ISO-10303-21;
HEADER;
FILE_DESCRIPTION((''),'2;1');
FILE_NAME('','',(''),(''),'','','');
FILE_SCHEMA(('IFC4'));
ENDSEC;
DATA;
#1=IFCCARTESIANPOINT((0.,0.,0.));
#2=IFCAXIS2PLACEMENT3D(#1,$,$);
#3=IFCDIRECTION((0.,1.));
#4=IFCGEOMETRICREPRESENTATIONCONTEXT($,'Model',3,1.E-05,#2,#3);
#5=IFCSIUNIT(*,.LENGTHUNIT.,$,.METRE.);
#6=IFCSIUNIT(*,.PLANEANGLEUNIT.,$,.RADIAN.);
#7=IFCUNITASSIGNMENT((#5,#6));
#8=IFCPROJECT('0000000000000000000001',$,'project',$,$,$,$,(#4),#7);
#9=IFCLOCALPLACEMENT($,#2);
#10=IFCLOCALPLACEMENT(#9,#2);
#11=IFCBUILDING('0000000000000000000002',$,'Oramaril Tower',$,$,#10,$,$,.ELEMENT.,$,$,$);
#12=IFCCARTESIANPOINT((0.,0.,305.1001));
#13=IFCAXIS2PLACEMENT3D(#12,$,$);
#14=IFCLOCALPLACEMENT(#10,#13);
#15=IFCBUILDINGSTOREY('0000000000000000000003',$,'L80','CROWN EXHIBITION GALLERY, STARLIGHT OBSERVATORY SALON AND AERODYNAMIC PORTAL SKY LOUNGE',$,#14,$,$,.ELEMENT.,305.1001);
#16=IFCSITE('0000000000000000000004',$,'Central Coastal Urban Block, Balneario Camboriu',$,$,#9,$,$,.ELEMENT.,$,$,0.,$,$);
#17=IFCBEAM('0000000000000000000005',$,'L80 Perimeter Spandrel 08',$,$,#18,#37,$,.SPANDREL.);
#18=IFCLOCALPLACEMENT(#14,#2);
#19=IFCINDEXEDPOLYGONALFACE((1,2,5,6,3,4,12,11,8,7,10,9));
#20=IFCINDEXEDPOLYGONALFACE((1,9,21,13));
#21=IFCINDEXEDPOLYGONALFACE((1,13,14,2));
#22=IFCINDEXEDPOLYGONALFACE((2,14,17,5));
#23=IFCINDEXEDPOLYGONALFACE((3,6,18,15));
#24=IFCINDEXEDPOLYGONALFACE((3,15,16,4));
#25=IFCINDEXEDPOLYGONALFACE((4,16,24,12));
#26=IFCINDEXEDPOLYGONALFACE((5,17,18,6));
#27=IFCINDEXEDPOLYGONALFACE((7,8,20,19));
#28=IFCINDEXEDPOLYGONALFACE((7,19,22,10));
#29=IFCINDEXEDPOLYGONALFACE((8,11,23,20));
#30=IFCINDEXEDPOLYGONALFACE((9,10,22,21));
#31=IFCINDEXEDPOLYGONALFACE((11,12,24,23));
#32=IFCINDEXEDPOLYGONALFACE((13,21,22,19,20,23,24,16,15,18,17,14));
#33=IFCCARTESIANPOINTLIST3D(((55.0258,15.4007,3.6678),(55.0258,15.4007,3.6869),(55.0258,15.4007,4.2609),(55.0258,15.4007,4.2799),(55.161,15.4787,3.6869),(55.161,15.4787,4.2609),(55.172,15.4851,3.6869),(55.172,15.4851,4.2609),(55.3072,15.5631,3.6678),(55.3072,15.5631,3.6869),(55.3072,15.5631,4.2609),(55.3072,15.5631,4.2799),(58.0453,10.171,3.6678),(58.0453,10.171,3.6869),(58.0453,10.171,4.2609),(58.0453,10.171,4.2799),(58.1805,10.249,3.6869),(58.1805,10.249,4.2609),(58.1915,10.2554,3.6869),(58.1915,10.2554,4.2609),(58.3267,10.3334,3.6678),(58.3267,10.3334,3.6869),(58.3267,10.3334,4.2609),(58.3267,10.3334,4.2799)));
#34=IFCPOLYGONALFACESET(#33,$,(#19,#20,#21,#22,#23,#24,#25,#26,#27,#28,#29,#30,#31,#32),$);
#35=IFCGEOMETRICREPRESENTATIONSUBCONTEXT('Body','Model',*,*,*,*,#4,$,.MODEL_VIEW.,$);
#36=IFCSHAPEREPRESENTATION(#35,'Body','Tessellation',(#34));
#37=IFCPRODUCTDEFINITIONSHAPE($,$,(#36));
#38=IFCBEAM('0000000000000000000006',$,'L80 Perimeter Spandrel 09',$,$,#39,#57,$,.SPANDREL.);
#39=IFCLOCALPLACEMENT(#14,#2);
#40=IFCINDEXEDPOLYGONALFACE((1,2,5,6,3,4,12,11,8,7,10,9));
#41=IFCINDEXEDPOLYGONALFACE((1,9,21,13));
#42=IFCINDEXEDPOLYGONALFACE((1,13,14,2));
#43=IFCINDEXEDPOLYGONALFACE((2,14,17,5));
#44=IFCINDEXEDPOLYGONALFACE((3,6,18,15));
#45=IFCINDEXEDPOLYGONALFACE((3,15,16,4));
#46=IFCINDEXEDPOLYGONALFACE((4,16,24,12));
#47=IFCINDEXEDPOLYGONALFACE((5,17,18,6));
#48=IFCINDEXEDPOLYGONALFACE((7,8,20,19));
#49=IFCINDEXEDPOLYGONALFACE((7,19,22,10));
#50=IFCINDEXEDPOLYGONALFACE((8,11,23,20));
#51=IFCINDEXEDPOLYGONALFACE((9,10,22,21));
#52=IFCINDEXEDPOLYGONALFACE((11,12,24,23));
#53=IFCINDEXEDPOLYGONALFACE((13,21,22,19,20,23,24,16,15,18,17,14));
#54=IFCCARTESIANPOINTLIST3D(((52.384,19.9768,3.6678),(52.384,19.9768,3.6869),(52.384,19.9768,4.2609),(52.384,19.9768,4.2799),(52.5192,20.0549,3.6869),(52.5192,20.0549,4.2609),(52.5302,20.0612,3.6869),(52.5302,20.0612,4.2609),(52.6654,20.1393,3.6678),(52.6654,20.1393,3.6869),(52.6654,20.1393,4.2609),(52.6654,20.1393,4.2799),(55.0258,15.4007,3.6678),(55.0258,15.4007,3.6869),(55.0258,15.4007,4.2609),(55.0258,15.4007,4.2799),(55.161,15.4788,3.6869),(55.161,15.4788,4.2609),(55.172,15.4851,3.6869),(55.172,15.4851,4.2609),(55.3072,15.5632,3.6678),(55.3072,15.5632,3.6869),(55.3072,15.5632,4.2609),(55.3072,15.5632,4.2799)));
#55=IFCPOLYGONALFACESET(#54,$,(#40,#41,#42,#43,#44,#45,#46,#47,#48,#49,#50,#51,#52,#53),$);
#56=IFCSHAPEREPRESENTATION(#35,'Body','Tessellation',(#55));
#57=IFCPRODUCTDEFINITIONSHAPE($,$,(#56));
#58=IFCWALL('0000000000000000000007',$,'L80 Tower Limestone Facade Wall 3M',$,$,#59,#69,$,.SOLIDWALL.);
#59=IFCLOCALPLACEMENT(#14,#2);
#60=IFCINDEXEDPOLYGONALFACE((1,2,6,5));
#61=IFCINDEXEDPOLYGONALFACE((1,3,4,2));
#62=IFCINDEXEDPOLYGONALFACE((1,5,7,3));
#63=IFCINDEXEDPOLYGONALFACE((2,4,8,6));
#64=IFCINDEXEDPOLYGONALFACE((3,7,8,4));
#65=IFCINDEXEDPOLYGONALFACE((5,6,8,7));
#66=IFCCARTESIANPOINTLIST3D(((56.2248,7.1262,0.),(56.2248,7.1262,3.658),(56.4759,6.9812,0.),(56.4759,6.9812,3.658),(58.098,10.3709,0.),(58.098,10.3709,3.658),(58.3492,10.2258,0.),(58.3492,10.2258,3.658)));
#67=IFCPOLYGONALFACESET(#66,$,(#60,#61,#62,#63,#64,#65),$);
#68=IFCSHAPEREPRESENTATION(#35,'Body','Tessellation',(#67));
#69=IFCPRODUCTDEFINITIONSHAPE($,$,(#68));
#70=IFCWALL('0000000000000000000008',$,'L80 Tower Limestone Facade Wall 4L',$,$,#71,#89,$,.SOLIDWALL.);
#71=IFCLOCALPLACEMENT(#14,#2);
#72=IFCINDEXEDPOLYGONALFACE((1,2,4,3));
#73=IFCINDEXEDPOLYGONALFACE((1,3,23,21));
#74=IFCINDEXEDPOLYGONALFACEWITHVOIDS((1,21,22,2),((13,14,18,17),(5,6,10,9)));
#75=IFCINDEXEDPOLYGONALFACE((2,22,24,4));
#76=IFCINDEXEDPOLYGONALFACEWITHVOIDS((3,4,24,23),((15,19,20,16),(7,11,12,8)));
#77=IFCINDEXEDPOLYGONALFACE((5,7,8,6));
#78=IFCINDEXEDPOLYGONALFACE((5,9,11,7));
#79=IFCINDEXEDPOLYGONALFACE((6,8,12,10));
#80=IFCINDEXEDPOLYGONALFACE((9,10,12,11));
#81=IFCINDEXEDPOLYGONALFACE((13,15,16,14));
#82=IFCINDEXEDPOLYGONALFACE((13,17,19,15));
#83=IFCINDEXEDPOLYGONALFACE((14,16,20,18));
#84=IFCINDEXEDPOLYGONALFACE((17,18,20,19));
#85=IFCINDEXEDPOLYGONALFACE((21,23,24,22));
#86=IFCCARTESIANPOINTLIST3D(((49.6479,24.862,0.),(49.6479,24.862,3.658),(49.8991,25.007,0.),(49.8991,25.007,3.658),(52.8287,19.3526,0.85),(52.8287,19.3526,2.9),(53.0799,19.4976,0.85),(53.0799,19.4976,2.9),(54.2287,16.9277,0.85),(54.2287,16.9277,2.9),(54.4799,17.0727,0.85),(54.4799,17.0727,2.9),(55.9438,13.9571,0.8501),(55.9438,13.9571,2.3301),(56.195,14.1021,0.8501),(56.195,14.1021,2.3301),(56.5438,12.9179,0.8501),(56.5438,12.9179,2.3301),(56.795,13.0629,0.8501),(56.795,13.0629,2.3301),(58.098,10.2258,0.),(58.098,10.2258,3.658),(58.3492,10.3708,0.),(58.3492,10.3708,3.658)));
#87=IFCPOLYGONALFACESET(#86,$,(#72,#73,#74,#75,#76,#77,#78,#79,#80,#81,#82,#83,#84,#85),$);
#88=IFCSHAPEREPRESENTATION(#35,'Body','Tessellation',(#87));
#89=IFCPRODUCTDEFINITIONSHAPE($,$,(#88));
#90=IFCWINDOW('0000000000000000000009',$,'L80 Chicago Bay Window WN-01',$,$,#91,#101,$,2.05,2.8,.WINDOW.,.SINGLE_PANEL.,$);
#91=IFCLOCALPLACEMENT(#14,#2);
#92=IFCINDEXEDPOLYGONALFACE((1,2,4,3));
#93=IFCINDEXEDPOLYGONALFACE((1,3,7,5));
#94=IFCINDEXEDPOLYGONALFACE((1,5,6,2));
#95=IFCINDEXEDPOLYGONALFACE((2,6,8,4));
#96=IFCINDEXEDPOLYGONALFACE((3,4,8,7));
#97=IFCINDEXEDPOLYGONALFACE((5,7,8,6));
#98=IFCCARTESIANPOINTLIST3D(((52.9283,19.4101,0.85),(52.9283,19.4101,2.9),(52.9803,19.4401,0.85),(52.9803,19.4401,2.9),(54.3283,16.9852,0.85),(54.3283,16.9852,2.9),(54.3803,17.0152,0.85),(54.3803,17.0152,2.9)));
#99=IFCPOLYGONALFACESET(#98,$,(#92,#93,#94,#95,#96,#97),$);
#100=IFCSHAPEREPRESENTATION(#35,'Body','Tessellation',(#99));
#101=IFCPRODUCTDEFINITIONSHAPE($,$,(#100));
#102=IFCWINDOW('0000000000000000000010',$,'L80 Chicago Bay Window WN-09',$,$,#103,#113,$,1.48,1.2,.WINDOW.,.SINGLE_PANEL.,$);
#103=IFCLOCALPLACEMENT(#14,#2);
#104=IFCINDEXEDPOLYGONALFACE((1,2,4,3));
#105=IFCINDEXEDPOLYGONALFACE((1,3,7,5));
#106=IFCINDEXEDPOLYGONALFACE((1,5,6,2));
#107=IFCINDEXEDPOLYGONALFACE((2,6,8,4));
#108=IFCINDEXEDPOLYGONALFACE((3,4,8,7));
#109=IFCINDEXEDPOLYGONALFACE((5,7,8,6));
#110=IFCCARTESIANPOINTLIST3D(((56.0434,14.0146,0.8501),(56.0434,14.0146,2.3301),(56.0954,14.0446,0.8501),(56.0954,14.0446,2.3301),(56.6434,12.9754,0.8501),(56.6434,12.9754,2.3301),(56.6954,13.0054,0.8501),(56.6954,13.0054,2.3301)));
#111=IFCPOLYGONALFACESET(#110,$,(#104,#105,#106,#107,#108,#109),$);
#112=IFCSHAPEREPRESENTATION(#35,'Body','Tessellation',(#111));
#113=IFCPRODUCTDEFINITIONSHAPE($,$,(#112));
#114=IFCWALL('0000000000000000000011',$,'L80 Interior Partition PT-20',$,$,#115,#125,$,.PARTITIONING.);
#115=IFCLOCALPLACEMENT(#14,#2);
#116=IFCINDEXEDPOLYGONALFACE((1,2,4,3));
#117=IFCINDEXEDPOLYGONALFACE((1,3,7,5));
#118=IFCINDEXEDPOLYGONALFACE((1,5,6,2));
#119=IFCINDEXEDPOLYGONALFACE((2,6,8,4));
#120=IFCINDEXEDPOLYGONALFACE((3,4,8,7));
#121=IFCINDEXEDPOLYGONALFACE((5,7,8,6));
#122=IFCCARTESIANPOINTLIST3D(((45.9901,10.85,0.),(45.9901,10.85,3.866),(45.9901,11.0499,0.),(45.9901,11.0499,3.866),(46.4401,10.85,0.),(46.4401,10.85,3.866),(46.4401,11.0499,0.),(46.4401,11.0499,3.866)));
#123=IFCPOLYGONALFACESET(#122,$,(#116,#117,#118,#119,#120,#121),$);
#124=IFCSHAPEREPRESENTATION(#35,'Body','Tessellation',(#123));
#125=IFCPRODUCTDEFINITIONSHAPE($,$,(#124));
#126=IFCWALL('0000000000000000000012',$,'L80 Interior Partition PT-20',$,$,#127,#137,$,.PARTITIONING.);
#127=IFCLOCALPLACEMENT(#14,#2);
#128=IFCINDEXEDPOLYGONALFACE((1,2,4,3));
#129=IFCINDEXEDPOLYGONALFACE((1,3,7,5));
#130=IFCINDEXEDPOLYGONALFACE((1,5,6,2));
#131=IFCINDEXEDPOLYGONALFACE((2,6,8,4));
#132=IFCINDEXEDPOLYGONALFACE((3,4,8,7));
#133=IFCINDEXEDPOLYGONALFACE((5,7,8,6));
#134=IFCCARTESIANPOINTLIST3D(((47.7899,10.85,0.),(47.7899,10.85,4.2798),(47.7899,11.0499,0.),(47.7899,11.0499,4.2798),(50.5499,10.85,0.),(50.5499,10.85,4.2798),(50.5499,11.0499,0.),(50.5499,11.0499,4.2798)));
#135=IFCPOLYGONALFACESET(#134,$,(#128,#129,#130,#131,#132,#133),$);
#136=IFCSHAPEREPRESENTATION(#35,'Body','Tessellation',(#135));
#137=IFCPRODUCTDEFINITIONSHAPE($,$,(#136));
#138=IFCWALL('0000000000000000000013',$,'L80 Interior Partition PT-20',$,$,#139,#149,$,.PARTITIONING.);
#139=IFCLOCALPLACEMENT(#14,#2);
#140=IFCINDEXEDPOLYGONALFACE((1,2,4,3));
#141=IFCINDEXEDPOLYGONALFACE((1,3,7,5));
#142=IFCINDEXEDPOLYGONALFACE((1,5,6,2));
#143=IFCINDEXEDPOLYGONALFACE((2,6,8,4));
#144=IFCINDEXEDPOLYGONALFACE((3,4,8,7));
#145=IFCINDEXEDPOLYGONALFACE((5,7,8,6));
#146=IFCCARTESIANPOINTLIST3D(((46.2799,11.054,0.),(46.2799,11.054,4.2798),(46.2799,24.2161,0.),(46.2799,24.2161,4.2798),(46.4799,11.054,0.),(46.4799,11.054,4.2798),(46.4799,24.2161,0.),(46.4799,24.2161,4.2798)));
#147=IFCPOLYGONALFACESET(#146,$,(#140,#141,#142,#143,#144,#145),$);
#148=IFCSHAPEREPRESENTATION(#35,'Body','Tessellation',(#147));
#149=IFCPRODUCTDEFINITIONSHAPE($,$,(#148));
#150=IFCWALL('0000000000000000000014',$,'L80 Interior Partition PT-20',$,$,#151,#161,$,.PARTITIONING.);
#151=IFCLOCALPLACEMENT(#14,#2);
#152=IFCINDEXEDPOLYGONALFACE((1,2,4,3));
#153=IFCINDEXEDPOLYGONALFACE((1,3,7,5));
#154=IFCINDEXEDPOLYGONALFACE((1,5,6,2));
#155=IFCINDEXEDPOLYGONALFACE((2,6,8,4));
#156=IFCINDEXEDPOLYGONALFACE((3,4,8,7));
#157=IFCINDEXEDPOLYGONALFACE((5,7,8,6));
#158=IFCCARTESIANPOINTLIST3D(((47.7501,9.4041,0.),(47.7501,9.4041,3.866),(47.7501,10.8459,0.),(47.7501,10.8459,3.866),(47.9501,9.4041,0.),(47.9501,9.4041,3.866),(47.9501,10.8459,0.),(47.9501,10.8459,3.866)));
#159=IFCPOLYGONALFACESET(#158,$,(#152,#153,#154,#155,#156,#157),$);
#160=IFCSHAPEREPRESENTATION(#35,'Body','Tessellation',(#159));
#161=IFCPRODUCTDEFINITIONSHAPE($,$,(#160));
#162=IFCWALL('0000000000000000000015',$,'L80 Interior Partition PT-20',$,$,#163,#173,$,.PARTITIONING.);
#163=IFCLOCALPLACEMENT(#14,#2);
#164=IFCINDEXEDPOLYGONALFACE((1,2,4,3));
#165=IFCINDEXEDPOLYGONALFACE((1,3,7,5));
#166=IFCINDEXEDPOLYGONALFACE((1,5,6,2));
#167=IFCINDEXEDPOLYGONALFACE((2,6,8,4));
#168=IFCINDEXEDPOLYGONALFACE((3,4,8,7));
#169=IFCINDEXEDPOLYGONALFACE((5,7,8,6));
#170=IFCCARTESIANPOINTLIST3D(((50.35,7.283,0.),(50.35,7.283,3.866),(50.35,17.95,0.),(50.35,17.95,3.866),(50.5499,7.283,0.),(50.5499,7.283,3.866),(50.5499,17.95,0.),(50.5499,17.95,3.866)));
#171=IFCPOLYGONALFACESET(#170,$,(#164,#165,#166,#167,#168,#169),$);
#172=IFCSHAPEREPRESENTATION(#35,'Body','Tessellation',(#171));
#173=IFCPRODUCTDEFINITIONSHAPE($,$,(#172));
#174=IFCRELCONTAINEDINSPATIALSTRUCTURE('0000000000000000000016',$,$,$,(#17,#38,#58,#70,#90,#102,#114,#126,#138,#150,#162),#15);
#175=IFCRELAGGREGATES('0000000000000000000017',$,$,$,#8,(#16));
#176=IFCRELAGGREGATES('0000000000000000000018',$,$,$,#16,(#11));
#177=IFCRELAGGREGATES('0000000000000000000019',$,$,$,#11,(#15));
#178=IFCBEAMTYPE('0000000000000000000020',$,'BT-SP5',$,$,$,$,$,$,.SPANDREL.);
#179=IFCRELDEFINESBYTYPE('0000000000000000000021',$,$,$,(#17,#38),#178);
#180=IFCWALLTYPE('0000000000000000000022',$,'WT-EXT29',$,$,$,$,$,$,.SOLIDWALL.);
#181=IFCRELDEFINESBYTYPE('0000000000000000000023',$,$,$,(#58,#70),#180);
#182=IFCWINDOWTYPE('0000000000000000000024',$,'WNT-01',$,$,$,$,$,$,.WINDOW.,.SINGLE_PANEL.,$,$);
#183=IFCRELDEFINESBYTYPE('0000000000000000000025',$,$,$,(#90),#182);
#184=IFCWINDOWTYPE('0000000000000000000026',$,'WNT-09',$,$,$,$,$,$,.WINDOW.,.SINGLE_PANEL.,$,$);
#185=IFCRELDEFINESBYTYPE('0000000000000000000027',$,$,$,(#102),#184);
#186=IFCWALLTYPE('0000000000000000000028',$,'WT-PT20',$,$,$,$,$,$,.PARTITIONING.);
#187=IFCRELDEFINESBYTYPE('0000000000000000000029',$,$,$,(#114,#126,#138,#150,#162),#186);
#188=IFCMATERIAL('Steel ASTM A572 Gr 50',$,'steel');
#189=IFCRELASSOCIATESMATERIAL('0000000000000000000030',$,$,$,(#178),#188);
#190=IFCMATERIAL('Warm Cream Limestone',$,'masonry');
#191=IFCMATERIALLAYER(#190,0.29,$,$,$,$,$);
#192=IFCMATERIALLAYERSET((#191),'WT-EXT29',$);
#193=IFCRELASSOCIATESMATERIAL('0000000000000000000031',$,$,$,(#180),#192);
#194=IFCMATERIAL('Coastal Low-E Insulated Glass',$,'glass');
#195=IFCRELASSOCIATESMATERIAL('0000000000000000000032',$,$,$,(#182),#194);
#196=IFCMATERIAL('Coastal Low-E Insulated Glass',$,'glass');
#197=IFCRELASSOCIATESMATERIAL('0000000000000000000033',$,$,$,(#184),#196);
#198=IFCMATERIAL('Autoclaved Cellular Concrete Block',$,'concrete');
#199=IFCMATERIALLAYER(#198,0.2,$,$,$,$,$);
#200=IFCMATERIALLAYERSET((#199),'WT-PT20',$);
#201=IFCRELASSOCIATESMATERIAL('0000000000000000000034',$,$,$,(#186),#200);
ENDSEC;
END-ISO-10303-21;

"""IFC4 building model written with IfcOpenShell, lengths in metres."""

from ifc_helpers import new_model, si_unit, direction, frame, frame_2d, origin, origin_2d, place, context, subcontext, project, spatial, rectangle, i_section, extrude, material, layer, layer_set, material_profile, profile_set, type_object, element, fill, save


model = new_model("IFC4")

# Units and contexts
model_context = context("Model", 3, precision=1e-05, world=origin(), true_north=direction((0.0, 1.0)))
body_context = subcontext(model_context, "Body", "Model", "MODEL_VIEW")
ifc_project = project(units=[si_unit("LENGTHUNIT", "METRE"), si_unit("PLANEANGLEUNIT", "RADIAN")], contexts=[model_context])

# Site, building, storey
site_placement = place(None, origin())
site = spatial("IfcSite", under=ifc_project, at=site_placement, Name="Central Coastal Urban Block, Balneario Camboriu", CompositionType="ELEMENT", RefElevation=0.0)
building_placement = place(site_placement, origin())
building = spatial("IfcBuilding", under=site, at=building_placement, Name="Oramaril Tower", CompositionType="ELEMENT")
storey_placement = place(building_placement, frame((0.0, 0.0, 305.1001)))
storey = spatial("IfcBuildingStorey", under=building, at=storey_placement, Name="L80", Description="CROWN EXHIBITION GALLERY, STARLIGHT OBSERVATORY SALON AND AERODYNAMIC PORTAL SKY LOUNGE", CompositionType="ELEMENT", Elevation=305.1001)

# Beams
ifc_material_1 = material(Name="Steel ASTM A572 Gr 50", Category="steel")
ifc_material_profile_1 = material_profile(ifc_material_1, i_section(OverallWidth=0.325, OverallDepth=0.6121, WebThickness=0.0127, FlangeThickness=0.019, at=origin_2d()), Name="W24X104")
ifc_profile_set_1 = profile_set([ifc_material_profile_1], Name="Steel ASTM A572 Gr 50")
beam_type_1 = type_object("IfcBeamType", Name="BT-SP5", PredefinedType="SPANDREL", material=ifc_profile_set_1)
beam_1_placement = place(storey_placement, frame((58.186, 10.2522, 3.9739), z_axis=(-0.500018, 0.866015, 0.0), x_axis=(-0.866015, -0.500018, 0.0)))
element("IfcBeam", 1, at=beam_1_placement, inside=storey, type_object=beam_type_1, Name="L80 Perimeter Spandrel 08", PredefinedType="SPANDREL", context=body_context, shape_type="SweptSolid", body=[
    extrude(i_section(OverallWidth=0.325, OverallDepth=0.6121, WebThickness=0.0127, FlangeThickness=0.019, at=origin_2d()), origin(), (0.0, 0.0, 1.0), 6.0388),
])
beam_2_placement = place(storey_placement, frame((55.1665, 15.4819, 3.9739), z_axis=(-0.49997, 0.866042, 0.0), x_axis=(-0.866042, -0.49997, 0.0)))
element("IfcBeam", 2, at=beam_2_placement, inside=storey, type_object=beam_type_1, Name="L80 Perimeter Spandrel 09", PredefinedType="SPANDREL", context=body_context, shape_type="SweptSolid", body=[
    extrude(i_section(OverallWidth=0.325, OverallDepth=0.6121, WebThickness=0.0127, FlangeThickness=0.019, at=origin_2d()), origin(), (0.0, 0.0, 1.0), 5.2839),
])

# Wall
ifc_material_2 = material(Name="Warm Cream Limestone", Category="masonry")
ifc_layer_1 = layer(ifc_material_2, 0.29)
ifc_layer_set_1 = layer_set([ifc_layer_1], Name="WT-EXT29")
wall_type_1 = type_object("IfcWallType", Name="WT-EXT29", PredefinedType="SOLIDWALL", material=ifc_layer_set_1)
wall_1_placement = place(storey_placement, frame((56.3503, 7.0537, 0.0), z_axis=(0.0, 0.0, 1.0), x_axis=(0.500001, 0.866025, 0.0)))
element("IfcWall", 3, at=wall_1_placement, inside=storey, type_object=wall_type_1, Name="L80 Tower Limestone Facade Wall 3M", PredefinedType="SOLIDWALL", context=body_context, shape_type="SweptSolid", body=[
    extrude(rectangle(XDim=3.7466, YDim=0.29, at=frame_2d((1.8733, 0.0))), origin(), (0.0, 0.0, 1.0), 3.658),
])

# Wall, openings, windows
wall_2_placement = place(storey_placement, frame((58.2236, 10.2983, 0.0), z_axis=(0.0, 0.0, 1.0), x_axis=(-0.499998, 0.866026, 0.0)))
wall_2 = element("IfcWall", 4, at=wall_2_placement, inside=storey, type_object=wall_type_1, Name="L80 Tower Limestone Facade Wall 4L", PredefinedType="SOLIDWALL", context=body_context, shape_type="SweptSolid", body=[
    extrude(rectangle(XDim=16.9004, YDim=0.29, at=frame_2d((8.4502, 0.0))), origin(), (0.0, 0.0, 1.0), 3.658),
])
opening_1_placement = place(wall_2_placement, frame((3.1084, 0.0, 0.8501)))
opening_1 = element("IfcOpeningElement", 5, at=opening_1_placement, cuts=wall_2, PredefinedType="OPENING", context=body_context, shape_type="SweptSolid", body=[
    extrude(rectangle(XDim=1.2, YDim=1.48, at=frame_2d((0.6001, 0.74))), frame((0.0, 0.145, 0.0), z_axis=(0.0, -1.0, 0.0), x_axis=(1.0, 0.0, 0.0)), (0.0, 0.0, 1.0), 0.29),
])
opening_2_placement = place(wall_2_placement, frame((7.7388, 0.0, 0.8501)))
opening_2 = element("IfcOpeningElement", 6, at=opening_2_placement, cuts=wall_2, PredefinedType="OPENING", context=body_context, shape_type="SweptSolid", body=[
    extrude(rectangle(XDim=2.8, YDim=2.05, at=frame_2d((1.3999, 1.0249))), frame((0.0, 0.145, 0.0), z_axis=(0.0, -1.0, 0.0), x_axis=(1.0, 0.0, 0.0)), (0.0, 0.0, 1.0), 0.29),
])
ifc_material_3 = material(Name="Coastal Low-E Insulated Glass", Category="glass")
window_type_1 = type_object("IfcWindowType", Name="WNT-01", PartitioningType="SINGLE_PANEL", PredefinedType="WINDOW", material=ifc_material_3)
window_1_placement = place(opening_2_placement, origin())
window_1 = element("IfcWindow", 7, at=window_1_placement, inside=storey, type_object=window_type_1, Name="L80 Chicago Bay Window WN-01", OverallHeight=2.05, OverallWidth=2.8, PartitioningType="SINGLE_PANEL", PredefinedType="WINDOW", context=body_context, shape_type="SweptSolid", body=[
    extrude(rectangle(XDim=2.8, YDim=2.05, at=frame_2d((1.3999, 1.0249))), frame((0.0, 0.03, 0.0), z_axis=(0.0, -1.0, 0.0), x_axis=(1.0, 0.0, 0.0)), (0.0, 0.0, 1.0), 0.0601),
])
fill(opening_2, window_1)
ifc_material_4 = material(Name="Coastal Low-E Insulated Glass", Category="glass")
window_type_2 = type_object("IfcWindowType", Name="WNT-09", PartitioningType="SINGLE_PANEL", PredefinedType="WINDOW", material=ifc_material_4)
window_2_placement = place(opening_1_placement, origin())
window_2 = element("IfcWindow", 8, at=window_2_placement, inside=storey, type_object=window_type_2, Name="L80 Chicago Bay Window WN-09", OverallHeight=1.48, OverallWidth=1.2, PartitioningType="SINGLE_PANEL", PredefinedType="WINDOW", context=body_context, shape_type="SweptSolid", body=[
    extrude(rectangle(XDim=1.2, YDim=1.48, at=frame_2d((0.6001, 0.74))), frame((0.0, 0.03, 0.0), z_axis=(0.0, -1.0, 0.0), x_axis=(1.0, 0.0, 0.0)), (0.0, 0.0, 1.0), 0.0601),
])
fill(opening_1, window_2)

# Walls
ifc_material_5 = material(Name="Autoclaved Cellular Concrete Block", Category="concrete")
ifc_layer_2 = layer(ifc_material_5, 0.2)
ifc_layer_set_2 = layer_set([ifc_layer_2], Name="WT-PT20")
wall_type_2 = type_object("IfcWallType", Name="WT-PT20", PredefinedType="PARTITIONING", material=ifc_layer_set_2)
wall_3_placement = place(storey_placement, frame((45.99, 10.95, 0.0), z_axis=(0.0, 0.0, 1.0), x_axis=(1.0, 0.0, 0.0)))
element("IfcWall", 9, at=wall_3_placement, inside=storey, type_object=wall_type_2, Name="L80 Interior Partition PT-20", PredefinedType="PARTITIONING", context=body_context, shape_type="SweptSolid", body=[
    extrude(rectangle(XDim=0.45, YDim=0.2, at=frame_2d((0.2251, 0.0))), origin(), (0.0, 0.0, 1.0), 3.866),
])
wall_4_placement = place(storey_placement, frame((47.79, 10.95, 0.0), z_axis=(0.0, 0.0, 1.0), x_axis=(1.0, 0.0, 0.0)))
element("IfcWall", 10, at=wall_4_placement, inside=storey, type_object=wall_type_2, Name="L80 Interior Partition PT-20", PredefinedType="PARTITIONING", context=body_context, shape_type="SweptSolid", body=[
    extrude(rectangle(XDim=2.76, YDim=0.2, at=frame_2d((1.3799, 0.0))), origin(), (0.0, 0.0, 1.0), 4.2798),
])
wall_5_placement = place(storey_placement, frame((46.3799, 11.054, 0.0), z_axis=(0.0, 0.0, 1.0), x_axis=(0.0, 1.0, 0.0)))
element("IfcWall", 11, at=wall_5_placement, inside=storey, type_object=wall_type_2, Name="L80 Interior Partition PT-20", PredefinedType="PARTITIONING", context=body_context, shape_type="SweptSolid", body=[
    extrude(rectangle(XDim=13.1621, YDim=0.2, at=frame_2d((6.5811, 0.0))), origin(), (0.0, 0.0, 1.0), 4.2798),
])
wall_6_placement = place(storey_placement, frame((47.8501, 9.4041, 0.0), z_axis=(0.0, 0.0, 1.0), x_axis=(0.0, 1.0, 0.0)))
element("IfcWall", 12, at=wall_6_placement, inside=storey, type_object=wall_type_2, Name="L80 Interior Partition PT-20", PredefinedType="PARTITIONING", context=body_context, shape_type="SweptSolid", body=[
    extrude(rectangle(XDim=1.4419, YDim=0.2, at=frame_2d((0.7209, 0.0))), origin(), (0.0, 0.0, 1.0), 3.866),
])
wall_7_placement = place(storey_placement, frame((50.45, 7.283, 0.0), z_axis=(0.0, 0.0, 1.0), x_axis=(0.0, 1.0, 0.0)))
element("IfcWall", 13, at=wall_7_placement, inside=storey, type_object=wall_type_2, Name="L80 Interior Partition PT-20", PredefinedType="PARTITIONING", context=body_context, shape_type="SweptSolid", body=[
    extrude(rectangle(XDim=10.667, YDim=0.2, at=frame_2d((5.3335, 0.0))), origin(), (0.0, 0.0, 1.0), 3.866),
])

save(model, "model.ifc")
